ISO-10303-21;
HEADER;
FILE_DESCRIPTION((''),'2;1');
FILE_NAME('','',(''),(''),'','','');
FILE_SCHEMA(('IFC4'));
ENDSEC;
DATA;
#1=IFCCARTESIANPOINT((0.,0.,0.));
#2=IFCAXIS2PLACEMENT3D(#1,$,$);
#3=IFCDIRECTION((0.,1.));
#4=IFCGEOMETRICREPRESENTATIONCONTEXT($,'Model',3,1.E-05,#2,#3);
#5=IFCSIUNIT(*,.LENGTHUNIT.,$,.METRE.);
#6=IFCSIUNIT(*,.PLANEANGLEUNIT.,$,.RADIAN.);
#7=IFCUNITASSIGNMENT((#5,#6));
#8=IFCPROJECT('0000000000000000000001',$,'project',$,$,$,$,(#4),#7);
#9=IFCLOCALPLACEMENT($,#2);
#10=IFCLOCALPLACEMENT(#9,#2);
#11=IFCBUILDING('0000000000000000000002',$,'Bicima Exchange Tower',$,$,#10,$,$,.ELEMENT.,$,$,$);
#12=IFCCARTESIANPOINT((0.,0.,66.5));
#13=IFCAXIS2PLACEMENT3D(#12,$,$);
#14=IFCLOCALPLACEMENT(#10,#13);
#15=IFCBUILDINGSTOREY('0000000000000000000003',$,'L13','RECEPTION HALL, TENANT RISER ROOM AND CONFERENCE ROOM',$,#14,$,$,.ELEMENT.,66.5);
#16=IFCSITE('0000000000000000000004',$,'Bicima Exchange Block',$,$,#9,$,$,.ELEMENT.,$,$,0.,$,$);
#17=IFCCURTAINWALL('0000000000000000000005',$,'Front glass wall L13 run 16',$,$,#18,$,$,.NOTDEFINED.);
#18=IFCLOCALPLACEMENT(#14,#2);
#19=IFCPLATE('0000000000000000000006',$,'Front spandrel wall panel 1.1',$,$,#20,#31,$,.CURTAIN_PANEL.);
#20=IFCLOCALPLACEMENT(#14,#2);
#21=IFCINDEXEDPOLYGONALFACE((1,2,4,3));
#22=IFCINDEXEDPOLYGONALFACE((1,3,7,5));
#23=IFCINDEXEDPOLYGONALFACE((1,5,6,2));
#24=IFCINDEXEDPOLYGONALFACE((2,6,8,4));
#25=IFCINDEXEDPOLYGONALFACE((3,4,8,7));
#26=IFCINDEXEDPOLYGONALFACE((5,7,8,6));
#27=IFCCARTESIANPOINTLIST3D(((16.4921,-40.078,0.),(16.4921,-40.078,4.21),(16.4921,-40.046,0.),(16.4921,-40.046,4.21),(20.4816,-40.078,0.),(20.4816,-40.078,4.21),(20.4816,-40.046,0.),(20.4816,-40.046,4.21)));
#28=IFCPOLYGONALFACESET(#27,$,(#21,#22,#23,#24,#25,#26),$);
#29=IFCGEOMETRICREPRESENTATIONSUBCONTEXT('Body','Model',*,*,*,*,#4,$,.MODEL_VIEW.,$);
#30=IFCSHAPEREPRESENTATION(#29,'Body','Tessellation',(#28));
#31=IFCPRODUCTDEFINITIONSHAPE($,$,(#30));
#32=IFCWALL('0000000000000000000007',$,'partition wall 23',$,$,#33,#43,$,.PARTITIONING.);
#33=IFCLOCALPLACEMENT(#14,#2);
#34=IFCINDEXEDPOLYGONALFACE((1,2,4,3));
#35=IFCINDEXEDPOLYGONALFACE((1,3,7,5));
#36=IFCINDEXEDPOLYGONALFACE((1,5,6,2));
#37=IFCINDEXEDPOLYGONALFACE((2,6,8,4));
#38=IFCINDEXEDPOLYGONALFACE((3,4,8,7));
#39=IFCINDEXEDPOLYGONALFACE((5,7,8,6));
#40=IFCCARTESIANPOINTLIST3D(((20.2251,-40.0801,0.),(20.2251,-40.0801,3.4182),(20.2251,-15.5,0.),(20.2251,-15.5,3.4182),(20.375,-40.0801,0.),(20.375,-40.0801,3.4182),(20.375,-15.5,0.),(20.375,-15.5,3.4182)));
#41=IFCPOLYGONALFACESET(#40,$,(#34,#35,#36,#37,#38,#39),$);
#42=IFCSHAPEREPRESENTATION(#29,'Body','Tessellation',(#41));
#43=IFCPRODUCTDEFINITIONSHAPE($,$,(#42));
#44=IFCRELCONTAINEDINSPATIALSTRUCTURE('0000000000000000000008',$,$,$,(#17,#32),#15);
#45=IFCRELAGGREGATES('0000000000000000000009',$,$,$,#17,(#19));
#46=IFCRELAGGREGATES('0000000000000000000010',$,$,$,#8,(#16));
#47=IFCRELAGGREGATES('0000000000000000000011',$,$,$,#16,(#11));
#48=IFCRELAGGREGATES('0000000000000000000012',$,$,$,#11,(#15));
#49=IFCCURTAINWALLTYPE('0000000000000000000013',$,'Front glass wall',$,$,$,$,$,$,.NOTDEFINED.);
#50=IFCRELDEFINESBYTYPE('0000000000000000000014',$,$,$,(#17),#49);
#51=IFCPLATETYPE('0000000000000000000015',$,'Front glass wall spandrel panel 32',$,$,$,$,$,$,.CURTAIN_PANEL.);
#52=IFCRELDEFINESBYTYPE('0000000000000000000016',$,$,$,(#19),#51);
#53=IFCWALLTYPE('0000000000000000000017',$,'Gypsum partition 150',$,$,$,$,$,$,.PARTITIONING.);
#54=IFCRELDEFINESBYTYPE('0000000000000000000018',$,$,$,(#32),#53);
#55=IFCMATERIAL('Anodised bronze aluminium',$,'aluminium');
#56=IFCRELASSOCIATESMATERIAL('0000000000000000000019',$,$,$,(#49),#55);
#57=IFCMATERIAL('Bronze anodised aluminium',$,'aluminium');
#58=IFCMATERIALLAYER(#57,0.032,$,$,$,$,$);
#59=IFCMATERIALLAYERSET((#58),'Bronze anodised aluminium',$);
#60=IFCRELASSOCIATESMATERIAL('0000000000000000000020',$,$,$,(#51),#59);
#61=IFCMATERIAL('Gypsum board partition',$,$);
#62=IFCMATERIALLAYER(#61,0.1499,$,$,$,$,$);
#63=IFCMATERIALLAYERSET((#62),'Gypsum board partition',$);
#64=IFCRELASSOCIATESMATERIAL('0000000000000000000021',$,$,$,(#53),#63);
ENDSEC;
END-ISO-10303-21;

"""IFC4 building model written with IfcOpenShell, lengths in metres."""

from ifc_helpers import new_model, si_unit, direction, frame, frame_2d, origin, origin_2d, place, context, subcontext, project, spatial, rectangle, extrude, material, layer, layer_set, type_object, element, aggregate, save


model = new_model("IFC4")

# Units and contexts
model_context = context("Model", 3, precision=1e-05, world=origin(), true_north=direction((0.0, 1.0)))
body_context = subcontext(model_context, "Body", "Model", "MODEL_VIEW")
ifc_project = project(units=[si_unit("LENGTHUNIT", "METRE"), si_unit("PLANEANGLEUNIT", "RADIAN")], contexts=[model_context])

# Site, building, storey
site_placement = place(None, origin())
site = spatial("IfcSite", under=ifc_project, at=site_placement, Name="Bicima Exchange Block", CompositionType="ELEMENT", RefElevation=0.0)
building_placement = place(site_placement, origin())
building = spatial("IfcBuilding", under=site, at=building_placement, Name="Bicima Exchange Tower", CompositionType="ELEMENT")
storey_placement = place(building_placement, frame((0.0, 0.0, 66.5)))
storey = spatial("IfcBuildingStorey", under=building, at=storey_placement, Name="L13", Description="RECEPTION HALL, TENANT RISER ROOM AND CONFERENCE ROOM", CompositionType="ELEMENT", Elevation=66.5)

# Curtain wall
ifc_material_1 = material(Name="Anodised bronze aluminium", Category="aluminium")
curtain_wall_type = type_object("IfcCurtainWallType", Name="Front glass wall", PredefinedType="NOTDEFINED", material=ifc_material_1)
curtain_wall_1_placement = place(storey_placement, origin())
curtain_wall_1 = element("IfcCurtainWall", 1, at=curtain_wall_1_placement, inside=storey, type_object=curtain_wall_type, Name="Front glass wall L13 run 16", PredefinedType="NOTDEFINED")

# Plate
ifc_material_2 = material(Name="Bronze anodised aluminium", Category="aluminium")
ifc_layer_1 = layer(ifc_material_2, 0.032)
ifc_layer_set_1 = layer_set([ifc_layer_1], Name="Bronze anodised aluminium")
plate_type_1 = type_object("IfcPlateType", Name="Front glass wall spandrel panel 32", PredefinedType="CURTAIN_PANEL", material=ifc_layer_set_1)
plate_1_placement = place(storey_placement, frame((18.4868, -40.062, 0.0), z_axis=(0.0, 0.0, 1.0), x_axis=(1.0, 0.0, 0.0)))
plate_1 = element("IfcPlate", 2, at=plate_1_placement, type_object=plate_type_1, Name="Front spandrel wall panel 1.1", PredefinedType="CURTAIN_PANEL", context=body_context, shape_type="SweptSolid", body=[
    extrude(rectangle(XDim=3.9895, YDim=0.032, at=origin_2d()), origin(), (0.0, 0.0, 1.0), 4.21),
])
aggregate(curtain_wall_1, [plate_1])

# Wall
ifc_material_3 = material(Name="Gypsum board partition")
ifc_layer_2 = layer(ifc_material_3, 0.1499)
ifc_layer_set_2 = layer_set([ifc_layer_2], Name="Gypsum board partition")
wall_type = type_object("IfcWallType", Name="Gypsum partition 150", PredefinedType="PARTITIONING", material=ifc_layer_set_2)
wall_placement = place(storey_placement, frame((20.3, -40.0801, 0.0), z_axis=(0.0, 0.0, 1.0), x_axis=(0.0, 1.0, 0.0)))
element("IfcWall", 3, at=wall_placement, inside=storey, type_object=wall_type, Name="partition wall 23", PredefinedType="PARTITIONING", context=body_context, shape_type="SweptSolid", body=[
    extrude(rectangle(XDim=24.5801, YDim=0.1499, at=frame_2d((12.29, 0.0))), origin(), (0.0, 0.0, 1.0), 3.4182),
])

save(model, "model.ifc")
